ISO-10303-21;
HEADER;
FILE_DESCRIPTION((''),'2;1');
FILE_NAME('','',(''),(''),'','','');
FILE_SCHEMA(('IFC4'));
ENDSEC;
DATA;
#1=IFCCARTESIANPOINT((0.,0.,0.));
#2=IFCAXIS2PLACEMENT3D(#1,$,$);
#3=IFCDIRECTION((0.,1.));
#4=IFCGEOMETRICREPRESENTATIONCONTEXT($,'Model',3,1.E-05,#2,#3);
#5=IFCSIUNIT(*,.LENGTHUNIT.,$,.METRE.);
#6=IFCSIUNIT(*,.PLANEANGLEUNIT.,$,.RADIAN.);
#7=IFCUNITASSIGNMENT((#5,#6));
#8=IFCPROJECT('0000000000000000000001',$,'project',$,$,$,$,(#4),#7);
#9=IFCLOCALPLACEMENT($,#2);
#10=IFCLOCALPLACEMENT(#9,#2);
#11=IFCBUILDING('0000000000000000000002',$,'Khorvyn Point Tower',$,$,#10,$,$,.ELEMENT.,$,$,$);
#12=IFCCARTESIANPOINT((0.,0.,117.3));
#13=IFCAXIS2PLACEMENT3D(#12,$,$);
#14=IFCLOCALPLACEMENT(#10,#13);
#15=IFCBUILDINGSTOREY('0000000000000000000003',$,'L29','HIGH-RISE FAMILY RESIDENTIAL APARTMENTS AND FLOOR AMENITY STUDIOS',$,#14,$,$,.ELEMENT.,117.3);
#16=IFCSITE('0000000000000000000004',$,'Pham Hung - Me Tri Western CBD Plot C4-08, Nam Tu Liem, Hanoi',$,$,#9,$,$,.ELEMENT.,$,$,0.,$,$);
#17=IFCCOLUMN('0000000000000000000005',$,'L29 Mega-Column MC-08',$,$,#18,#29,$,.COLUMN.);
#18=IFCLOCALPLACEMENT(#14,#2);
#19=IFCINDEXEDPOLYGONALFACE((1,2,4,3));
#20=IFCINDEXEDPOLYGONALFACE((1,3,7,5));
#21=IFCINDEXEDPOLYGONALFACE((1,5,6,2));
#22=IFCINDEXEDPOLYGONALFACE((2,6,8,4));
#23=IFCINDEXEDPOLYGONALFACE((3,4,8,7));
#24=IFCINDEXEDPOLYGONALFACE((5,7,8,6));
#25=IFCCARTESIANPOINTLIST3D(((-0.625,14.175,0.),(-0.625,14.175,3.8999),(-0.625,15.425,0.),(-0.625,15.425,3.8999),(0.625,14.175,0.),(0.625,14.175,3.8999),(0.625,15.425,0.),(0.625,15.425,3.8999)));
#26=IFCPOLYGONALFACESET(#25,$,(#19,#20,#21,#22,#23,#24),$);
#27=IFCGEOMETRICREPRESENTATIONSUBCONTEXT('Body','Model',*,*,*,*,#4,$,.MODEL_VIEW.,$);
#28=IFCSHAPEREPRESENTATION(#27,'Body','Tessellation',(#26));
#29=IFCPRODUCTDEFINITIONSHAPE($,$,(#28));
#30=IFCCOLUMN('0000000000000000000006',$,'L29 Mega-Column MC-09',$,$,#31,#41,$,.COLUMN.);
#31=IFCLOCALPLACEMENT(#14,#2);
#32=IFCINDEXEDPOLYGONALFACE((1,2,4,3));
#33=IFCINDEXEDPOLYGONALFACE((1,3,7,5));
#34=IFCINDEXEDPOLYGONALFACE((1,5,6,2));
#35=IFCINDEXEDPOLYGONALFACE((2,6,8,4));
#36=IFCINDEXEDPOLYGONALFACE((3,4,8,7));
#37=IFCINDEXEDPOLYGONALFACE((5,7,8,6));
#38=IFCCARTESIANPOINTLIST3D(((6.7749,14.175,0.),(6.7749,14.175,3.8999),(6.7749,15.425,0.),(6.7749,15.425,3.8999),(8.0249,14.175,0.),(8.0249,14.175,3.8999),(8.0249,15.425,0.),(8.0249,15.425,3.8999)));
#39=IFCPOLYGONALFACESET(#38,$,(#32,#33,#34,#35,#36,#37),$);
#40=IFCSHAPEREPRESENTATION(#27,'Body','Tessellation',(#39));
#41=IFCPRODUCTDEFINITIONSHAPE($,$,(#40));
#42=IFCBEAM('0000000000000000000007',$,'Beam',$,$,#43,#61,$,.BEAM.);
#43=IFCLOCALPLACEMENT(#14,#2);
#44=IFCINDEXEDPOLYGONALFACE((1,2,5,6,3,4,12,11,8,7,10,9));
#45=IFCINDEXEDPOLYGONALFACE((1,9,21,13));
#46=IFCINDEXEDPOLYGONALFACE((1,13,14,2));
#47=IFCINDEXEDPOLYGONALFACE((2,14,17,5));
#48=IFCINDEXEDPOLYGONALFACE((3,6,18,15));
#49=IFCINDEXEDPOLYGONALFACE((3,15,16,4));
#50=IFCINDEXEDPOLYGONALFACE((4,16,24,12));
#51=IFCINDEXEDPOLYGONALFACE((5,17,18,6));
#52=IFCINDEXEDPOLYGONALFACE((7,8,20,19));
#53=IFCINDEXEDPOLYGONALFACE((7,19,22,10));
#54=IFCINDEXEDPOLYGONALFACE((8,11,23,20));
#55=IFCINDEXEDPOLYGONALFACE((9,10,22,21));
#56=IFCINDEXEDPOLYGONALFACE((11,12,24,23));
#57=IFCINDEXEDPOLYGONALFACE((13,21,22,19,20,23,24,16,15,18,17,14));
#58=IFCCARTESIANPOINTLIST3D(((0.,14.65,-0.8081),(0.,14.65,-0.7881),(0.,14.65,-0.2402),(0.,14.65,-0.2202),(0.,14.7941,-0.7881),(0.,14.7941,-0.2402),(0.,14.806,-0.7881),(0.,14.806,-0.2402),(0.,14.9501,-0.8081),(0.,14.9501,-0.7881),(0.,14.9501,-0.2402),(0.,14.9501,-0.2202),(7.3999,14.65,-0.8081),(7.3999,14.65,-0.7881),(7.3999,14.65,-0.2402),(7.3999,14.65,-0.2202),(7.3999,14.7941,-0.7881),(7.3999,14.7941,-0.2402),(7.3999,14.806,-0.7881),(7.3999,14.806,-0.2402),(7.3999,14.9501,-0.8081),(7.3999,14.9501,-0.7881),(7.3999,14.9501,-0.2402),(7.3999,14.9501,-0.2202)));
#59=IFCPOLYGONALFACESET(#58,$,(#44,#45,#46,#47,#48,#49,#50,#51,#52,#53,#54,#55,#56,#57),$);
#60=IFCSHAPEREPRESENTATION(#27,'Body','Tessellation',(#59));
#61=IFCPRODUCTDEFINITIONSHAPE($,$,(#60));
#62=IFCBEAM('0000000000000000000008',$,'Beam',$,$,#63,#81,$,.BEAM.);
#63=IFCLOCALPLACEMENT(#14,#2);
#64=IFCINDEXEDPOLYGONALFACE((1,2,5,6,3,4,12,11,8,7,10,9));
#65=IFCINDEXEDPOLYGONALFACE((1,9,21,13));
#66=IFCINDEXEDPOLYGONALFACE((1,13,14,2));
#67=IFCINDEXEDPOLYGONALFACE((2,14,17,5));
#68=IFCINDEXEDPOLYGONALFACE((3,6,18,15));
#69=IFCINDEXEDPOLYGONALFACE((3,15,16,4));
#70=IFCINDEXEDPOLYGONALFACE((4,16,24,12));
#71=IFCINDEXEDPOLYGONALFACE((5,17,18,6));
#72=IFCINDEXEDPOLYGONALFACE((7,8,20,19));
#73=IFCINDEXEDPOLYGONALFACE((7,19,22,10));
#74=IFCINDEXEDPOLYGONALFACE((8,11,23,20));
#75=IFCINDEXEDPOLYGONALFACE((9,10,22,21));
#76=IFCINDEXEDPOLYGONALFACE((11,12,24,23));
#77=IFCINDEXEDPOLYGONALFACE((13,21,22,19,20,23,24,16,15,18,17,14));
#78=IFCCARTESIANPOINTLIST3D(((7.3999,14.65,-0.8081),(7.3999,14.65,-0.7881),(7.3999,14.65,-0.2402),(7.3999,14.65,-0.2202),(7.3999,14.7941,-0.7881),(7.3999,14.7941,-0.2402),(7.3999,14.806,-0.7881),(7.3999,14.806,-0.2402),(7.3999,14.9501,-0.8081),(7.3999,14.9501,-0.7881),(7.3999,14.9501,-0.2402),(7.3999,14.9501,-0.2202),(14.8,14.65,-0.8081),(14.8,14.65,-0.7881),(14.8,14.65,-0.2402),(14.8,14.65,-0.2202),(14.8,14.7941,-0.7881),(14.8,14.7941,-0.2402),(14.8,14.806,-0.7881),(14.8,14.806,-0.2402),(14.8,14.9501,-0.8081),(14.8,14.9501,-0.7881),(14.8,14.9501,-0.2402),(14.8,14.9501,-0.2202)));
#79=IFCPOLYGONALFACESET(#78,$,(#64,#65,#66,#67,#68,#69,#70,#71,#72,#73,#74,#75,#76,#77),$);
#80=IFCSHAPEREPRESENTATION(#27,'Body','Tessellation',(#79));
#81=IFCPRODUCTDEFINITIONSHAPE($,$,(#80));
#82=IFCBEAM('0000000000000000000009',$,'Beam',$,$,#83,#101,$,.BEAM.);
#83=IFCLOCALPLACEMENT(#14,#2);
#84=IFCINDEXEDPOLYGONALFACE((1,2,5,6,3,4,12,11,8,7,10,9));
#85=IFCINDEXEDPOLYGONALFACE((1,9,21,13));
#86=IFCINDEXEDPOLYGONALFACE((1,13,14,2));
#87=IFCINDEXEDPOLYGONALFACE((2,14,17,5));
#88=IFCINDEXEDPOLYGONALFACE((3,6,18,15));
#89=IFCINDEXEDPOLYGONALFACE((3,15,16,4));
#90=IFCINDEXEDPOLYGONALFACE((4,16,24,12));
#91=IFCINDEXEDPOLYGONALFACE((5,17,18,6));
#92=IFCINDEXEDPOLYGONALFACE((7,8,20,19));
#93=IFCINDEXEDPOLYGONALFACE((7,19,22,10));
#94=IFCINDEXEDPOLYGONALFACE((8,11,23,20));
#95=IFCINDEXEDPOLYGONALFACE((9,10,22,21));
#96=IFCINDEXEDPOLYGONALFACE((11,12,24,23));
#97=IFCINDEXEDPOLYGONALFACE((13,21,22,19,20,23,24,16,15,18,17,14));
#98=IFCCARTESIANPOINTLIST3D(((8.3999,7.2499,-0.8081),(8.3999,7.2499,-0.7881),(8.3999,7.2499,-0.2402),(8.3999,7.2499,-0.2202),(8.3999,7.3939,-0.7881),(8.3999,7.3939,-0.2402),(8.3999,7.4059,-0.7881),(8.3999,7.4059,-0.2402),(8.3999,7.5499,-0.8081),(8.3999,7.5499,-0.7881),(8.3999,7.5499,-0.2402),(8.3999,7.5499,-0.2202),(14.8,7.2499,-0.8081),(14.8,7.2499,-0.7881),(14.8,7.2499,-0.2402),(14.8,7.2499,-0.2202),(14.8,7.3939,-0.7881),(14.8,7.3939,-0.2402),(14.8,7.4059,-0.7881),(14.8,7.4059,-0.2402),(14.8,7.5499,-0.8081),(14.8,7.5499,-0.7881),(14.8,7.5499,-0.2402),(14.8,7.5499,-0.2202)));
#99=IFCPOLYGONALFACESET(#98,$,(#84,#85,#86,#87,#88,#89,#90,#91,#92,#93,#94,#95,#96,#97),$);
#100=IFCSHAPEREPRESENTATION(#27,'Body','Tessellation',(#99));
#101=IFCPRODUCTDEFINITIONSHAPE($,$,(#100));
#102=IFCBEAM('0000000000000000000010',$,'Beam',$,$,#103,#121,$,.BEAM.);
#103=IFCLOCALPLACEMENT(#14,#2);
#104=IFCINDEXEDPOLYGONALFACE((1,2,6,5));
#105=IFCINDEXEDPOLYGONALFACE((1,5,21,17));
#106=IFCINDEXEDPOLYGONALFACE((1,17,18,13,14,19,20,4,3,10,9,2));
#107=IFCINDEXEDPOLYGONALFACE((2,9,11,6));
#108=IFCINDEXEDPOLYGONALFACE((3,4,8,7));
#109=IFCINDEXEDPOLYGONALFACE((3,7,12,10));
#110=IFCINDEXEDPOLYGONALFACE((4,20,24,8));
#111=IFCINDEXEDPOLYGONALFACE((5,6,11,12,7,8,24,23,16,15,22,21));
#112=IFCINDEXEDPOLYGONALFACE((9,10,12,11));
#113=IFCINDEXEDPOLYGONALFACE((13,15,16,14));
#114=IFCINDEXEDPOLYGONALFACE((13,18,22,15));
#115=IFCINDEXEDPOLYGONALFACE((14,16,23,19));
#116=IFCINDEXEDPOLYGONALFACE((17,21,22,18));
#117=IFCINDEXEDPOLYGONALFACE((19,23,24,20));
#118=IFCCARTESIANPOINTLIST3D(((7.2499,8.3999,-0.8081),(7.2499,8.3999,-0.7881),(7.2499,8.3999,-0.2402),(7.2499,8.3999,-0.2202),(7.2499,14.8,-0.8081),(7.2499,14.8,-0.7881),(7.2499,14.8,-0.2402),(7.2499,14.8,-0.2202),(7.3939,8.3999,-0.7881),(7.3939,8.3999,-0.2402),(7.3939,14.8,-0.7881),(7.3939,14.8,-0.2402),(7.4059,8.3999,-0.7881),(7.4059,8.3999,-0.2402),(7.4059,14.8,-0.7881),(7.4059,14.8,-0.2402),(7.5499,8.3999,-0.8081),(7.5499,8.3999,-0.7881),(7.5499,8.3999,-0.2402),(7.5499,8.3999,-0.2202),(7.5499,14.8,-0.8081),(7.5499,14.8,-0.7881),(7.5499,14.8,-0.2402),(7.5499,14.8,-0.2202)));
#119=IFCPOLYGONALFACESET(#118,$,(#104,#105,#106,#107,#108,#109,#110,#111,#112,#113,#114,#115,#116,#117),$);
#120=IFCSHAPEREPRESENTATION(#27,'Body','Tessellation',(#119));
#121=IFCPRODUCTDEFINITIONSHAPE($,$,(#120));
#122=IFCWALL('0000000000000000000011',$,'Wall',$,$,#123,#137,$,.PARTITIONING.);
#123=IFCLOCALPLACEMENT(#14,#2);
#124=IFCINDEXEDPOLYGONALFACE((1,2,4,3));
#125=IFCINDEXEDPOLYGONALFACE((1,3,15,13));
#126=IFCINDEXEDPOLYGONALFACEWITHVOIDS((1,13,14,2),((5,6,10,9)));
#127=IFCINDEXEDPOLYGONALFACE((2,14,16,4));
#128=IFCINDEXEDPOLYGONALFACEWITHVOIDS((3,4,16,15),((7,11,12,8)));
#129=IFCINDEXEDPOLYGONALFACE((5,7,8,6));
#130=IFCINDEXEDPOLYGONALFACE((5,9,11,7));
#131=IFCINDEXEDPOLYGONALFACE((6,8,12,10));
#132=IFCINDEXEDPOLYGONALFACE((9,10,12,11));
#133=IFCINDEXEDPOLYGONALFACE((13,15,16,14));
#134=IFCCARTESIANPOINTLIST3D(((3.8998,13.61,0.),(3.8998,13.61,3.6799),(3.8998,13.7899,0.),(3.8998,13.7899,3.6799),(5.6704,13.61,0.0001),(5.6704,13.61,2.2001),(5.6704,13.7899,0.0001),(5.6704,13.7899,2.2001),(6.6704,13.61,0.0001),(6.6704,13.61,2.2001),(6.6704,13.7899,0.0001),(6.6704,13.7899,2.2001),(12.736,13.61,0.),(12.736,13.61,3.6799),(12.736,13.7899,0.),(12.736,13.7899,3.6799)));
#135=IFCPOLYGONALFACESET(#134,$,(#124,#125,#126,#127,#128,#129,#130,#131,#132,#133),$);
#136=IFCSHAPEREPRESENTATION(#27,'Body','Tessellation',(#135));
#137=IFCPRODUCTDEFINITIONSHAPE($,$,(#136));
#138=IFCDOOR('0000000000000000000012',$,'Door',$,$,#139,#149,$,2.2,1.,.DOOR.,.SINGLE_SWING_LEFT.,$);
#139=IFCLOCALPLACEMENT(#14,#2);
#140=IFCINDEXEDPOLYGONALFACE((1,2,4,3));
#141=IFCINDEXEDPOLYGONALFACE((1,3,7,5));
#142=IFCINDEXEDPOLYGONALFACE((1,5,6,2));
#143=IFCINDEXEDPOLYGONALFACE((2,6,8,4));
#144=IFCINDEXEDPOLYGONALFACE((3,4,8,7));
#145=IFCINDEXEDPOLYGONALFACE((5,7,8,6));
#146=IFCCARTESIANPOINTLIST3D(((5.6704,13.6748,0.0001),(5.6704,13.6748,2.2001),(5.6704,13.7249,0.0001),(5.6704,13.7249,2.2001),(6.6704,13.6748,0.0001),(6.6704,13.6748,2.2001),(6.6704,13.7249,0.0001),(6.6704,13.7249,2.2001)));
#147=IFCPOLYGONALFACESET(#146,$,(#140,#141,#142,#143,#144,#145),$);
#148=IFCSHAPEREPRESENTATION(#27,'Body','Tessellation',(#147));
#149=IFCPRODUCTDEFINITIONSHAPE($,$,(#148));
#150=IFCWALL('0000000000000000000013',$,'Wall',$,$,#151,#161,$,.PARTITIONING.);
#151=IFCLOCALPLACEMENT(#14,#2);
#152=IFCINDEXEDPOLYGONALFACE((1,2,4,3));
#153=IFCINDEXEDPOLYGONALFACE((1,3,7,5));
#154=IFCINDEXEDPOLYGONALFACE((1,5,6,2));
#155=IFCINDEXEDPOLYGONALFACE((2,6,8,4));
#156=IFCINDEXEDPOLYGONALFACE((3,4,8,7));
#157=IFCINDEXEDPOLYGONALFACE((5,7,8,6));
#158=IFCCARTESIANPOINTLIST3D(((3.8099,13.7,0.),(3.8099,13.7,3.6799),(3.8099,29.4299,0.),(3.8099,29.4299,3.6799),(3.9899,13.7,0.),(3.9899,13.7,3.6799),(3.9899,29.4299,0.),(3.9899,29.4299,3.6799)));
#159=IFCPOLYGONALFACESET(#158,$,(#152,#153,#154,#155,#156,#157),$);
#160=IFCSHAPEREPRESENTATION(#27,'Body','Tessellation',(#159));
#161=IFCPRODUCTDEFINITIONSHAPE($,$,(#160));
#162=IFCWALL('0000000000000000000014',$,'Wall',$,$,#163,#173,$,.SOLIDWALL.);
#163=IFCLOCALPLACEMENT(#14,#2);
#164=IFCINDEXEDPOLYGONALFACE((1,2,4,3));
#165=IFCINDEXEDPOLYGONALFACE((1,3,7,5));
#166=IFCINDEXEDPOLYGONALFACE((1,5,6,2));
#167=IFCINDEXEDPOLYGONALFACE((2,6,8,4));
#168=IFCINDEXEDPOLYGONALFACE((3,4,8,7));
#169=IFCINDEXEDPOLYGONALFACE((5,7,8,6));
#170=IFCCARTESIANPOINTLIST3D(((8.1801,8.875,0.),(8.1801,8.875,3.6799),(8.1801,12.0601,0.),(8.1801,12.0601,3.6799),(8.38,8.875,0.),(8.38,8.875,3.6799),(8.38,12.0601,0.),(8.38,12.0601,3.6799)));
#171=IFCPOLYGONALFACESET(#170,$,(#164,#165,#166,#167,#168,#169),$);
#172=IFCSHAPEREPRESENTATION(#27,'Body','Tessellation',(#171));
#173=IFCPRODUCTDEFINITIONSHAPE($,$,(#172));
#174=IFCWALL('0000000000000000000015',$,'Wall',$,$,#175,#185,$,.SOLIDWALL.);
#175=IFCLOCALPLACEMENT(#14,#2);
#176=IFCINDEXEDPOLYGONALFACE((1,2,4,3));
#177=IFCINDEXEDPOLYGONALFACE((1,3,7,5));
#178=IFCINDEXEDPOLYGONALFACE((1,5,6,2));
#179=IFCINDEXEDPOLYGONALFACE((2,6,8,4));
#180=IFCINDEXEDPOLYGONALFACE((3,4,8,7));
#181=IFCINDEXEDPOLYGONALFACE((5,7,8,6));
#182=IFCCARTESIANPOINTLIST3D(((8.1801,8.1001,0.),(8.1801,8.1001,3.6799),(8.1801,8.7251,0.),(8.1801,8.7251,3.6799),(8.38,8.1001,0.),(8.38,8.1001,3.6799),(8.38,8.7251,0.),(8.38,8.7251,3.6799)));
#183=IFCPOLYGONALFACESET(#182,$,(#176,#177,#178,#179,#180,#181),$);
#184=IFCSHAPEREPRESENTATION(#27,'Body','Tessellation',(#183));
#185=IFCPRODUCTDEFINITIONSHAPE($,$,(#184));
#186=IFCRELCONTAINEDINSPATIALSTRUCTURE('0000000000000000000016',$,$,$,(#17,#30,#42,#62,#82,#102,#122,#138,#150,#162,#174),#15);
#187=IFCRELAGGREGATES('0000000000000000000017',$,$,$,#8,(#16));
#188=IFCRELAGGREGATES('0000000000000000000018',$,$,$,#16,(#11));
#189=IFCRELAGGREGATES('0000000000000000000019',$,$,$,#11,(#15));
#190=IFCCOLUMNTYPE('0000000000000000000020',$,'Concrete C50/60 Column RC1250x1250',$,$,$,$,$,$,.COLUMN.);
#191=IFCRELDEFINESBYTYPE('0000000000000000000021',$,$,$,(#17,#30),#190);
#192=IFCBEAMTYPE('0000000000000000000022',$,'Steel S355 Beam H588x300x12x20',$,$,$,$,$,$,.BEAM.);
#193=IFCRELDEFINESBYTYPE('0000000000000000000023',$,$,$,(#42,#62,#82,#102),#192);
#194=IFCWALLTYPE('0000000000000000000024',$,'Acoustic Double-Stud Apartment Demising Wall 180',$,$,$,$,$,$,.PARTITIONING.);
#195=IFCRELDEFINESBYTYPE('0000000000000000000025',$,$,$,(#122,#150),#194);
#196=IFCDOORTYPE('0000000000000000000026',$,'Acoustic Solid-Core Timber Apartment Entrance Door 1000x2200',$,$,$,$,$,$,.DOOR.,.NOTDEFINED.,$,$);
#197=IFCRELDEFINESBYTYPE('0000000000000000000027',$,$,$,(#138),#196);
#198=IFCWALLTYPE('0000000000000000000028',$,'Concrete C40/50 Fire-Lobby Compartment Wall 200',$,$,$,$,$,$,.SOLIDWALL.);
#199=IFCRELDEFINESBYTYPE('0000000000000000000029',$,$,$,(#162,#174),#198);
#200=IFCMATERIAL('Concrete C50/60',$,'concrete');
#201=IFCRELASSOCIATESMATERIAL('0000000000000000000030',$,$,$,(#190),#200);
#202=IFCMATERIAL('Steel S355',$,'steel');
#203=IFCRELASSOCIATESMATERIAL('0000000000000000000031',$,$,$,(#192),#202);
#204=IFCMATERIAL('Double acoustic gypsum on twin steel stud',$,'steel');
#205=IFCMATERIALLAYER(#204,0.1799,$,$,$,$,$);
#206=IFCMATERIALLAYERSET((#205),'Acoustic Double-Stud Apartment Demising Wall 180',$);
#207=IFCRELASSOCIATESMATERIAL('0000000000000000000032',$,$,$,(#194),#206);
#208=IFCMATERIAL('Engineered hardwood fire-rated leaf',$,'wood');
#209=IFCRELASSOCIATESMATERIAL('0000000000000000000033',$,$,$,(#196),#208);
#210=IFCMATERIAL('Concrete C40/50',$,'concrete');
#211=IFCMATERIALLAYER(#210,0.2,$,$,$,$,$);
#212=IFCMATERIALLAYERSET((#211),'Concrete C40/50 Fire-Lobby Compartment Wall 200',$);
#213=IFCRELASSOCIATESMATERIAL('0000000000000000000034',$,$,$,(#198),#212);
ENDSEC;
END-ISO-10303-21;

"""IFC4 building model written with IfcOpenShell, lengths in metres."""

from ifc_helpers import new_model, si_unit, direction, frame, frame_2d, origin, origin_2d, place, context, subcontext, project, spatial, rectangle, i_section, extrude, material, layer, layer_set, material_profile, profile_set, type_object, element, fill, save


model = new_model("IFC4")

# Units and contexts
model_context = context("Model", 3, precision=1e-05, world=origin(), true_north=direction((0.0, 1.0)))
body_context = subcontext(model_context, "Body", "Model", "MODEL_VIEW")
ifc_project = project(units=[si_unit("LENGTHUNIT", "METRE"), si_unit("PLANEANGLEUNIT", "RADIAN")], contexts=[model_context])

# Site, building, storey
site_placement = place(None, origin())
site = spatial("IfcSite", under=ifc_project, at=site_placement, Name="Pham Hung - Me Tri Western CBD Plot C4-08, Nam Tu Liem, Hanoi", CompositionType="ELEMENT", RefElevation=0.0)
building_placement = place(site_placement, origin())
building = spatial("IfcBuilding", under=site, at=building_placement, Name="Khorvyn Point Tower", CompositionType="ELEMENT")
storey_placement = place(building_placement, frame((0.0, 0.0, 117.3)))
storey = spatial("IfcBuildingStorey", under=building, at=storey_placement, Name="L29", Description="HIGH-RISE FAMILY RESIDENTIAL APARTMENTS AND FLOOR AMENITY STUDIOS", CompositionType="ELEMENT", Elevation=117.3)

# Columns
ifc_material_1 = material(Name="Concrete C50/60", Category="concrete")
ifc_material_profile_1 = material_profile(ifc_material_1, rectangle(XDim=1.25, YDim=1.25, at=origin_2d()))
ifc_profile_set_1 = profile_set([ifc_material_profile_1], Name="Concrete C50/60 RC1250x1250")
column_type = type_object("IfcColumnType", Name="Concrete C50/60 Column RC1250x1250", PredefinedType="COLUMN", material=ifc_profile_set_1)
for number, where, z_axis, x_axis, name in (
    (1, (0.0, 14.8, 0.0), (0.0, 0.0, 1.0), (1.0, 0.0, 0.0), "L29 Mega-Column MC-08"),
    (2, (7.3999, 14.8, 0.0), (0.0, 0.0, 1.0), (1.0, 0.0, 0.0), "L29 Mega-Column MC-09"),
):
    element("IfcColumn", number, at=place(storey_placement, frame(where, z_axis=z_axis, x_axis=x_axis)), inside=storey, type_object=column_type, Name=name, PredefinedType="COLUMN", context=body_context, shape_type="SweptSolid", body=[
        extrude(rectangle(XDim=1.25, YDim=1.25, at=origin_2d()), origin(), (0.0, 0.0, 1.0), 3.8999),
    ])

# Beams
ifc_material_2 = material(Name="Steel S355", Category="steel")
ifc_material_profile_2 = material_profile(ifc_material_2, i_section(OverallWidth=0.3, OverallDepth=0.5879, WebThickness=0.012, FlangeThickness=0.02, at=origin_2d()))
ifc_profile_set_2 = profile_set([ifc_material_profile_2], Name="Steel S355 H588x300x12x20")
beam_type = type_object("IfcBeamType", Name="Steel S355 Beam H588x300x12x20", PredefinedType="BEAM", material=ifc_profile_set_2)
beam_1_placement = place(storey_placement, frame((0.0, 14.8, -0.5142), z_axis=(1.0, 0.0, 0.0), x_axis=(0.0, 1.0, 0.0)))
element("IfcBeam", 3, at=beam_1_placement, inside=storey, type_object=beam_type, Name="Beam", PredefinedType="BEAM", context=body_context, shape_type="SweptSolid", body=[
    extrude(i_section(OverallWidth=0.3, OverallDepth=0.5879, WebThickness=0.012, FlangeThickness=0.02, at=origin_2d()), origin(), (0.0, 0.0, 1.0), 7.3999),
])
beam_2_placement = place(storey_placement, frame((7.3999, 14.8, -0.5142), z_axis=(1.0, 0.0, 0.0), x_axis=(0.0, 1.0, 0.0)))
element("IfcBeam", 4, at=beam_2_placement, inside=storey, type_object=beam_type, Name="Beam", PredefinedType="BEAM", context=body_context, shape_type="SweptSolid", body=[
    extrude(i_section(OverallWidth=0.3, OverallDepth=0.5879, WebThickness=0.012, FlangeThickness=0.02, at=origin_2d()), origin(), (0.0, 0.0, 1.0), 7.4001),
])
for number, where, z_axis, x_axis, name in (
    (5, (8.3999, 7.3999, -0.5142), (1.0, 0.0, 0.0), (0.0, 1.0, 0.0), "Beam"),
    (6, (7.3999, 8.3999, -0.5142), (0.0, 1.0, 0.0), (-1.0, 0.0, 0.0), "Beam"),
):
    element("IfcBeam", number, at=place(storey_placement, frame(where, z_axis=z_axis, x_axis=x_axis)), inside=storey, type_object=beam_type, Name=name, PredefinedType="BEAM", context=body_context, shape_type="SweptSolid", body=[
        extrude(i_section(OverallWidth=0.3, OverallDepth=0.5879, WebThickness=0.012, FlangeThickness=0.02, at=origin_2d()), origin(), (0.0, 0.0, 1.0), 6.4001),
    ])

# Wall, opening, door
ifc_material_3 = material(Name="Double acoustic gypsum on twin steel stud", Category="steel")
ifc_layer_1 = layer(ifc_material_3, 0.1799)
ifc_layer_set_1 = layer_set([ifc_layer_1], Name="Acoustic Double-Stud Apartment Demising Wall 180")
wall_type_1 = type_object("IfcWallType", Name="Acoustic Double-Stud Apartment Demising Wall 180", PredefinedType="PARTITIONING", material=ifc_layer_set_1)
wall_1_placement = place(storey_placement, frame((3.8999, 13.7, 0.0), z_axis=(0.0, 0.0, 1.0), x_axis=(1.0, 0.0, 0.0)))
wall_1 = element("IfcWall", 7, at=wall_1_placement, inside=storey, type_object=wall_type_1, Name="Wall", PredefinedType="PARTITIONING", context=body_context, shape_type="SweptSolid", body=[
    extrude(rectangle(XDim=8.8362, YDim=0.1799, at=frame_2d((4.418, 0.0))), origin(), (0.0, 0.0, 1.0), 3.6799),
])
opening_1_placement = place(wall_1_placement, frame((1.7705, 0.0, 0.0)))
opening_1 = element("IfcOpeningElement", 8, at=opening_1_placement, cuts=wall_1, PredefinedType="OPENING", context=body_context, shape_type="SweptSolid", body=[
    extrude(rectangle(XDim=1.0, YDim=2.2, at=frame_2d((0.5, 1.1001))), frame((0.0, 0.0999, 0.0), z_axis=(0.0, -1.0, 0.0), x_axis=(1.0, 0.0, 0.0)), (0.0, 0.0, 1.0), 0.2),
])
ifc_material_4 = material(Name="Engineered hardwood fire-rated leaf", Category="wood")
door_type_1 = type_object("IfcDoorType", Name="Acoustic Solid-Core Timber Apartment Entrance Door 1000x2200", OperationType="NOTDEFINED", PredefinedType="DOOR", material=ifc_material_4)
door_1_placement = place(opening_1_placement, origin())
door_1 = element("IfcDoor", 9, at=door_1_placement, inside=storey, type_object=door_type_1, Name="Door", OperationType="SINGLE_SWING_LEFT", OverallHeight=2.2, OverallWidth=1.0, PredefinedType="DOOR", context=body_context, shape_type="SweptSolid", body=[
    extrude(rectangle(XDim=1.0, YDim=2.2, at=frame_2d((0.5, 1.1001))), frame((0.0, 0.0249, 0.0), z_axis=(0.0, -1.0, 0.0), x_axis=(1.0, 0.0, 0.0)), (0.0, 0.0, 1.0), 0.05),
])
fill(opening_1, door_1)

# Wall
wall_2_placement = place(storey_placement, frame((3.8999, 13.7, 0.0), z_axis=(0.0, 0.0, 1.0), x_axis=(0.0, 1.0, 0.0)))
element("IfcWall", 10, at=wall_2_placement, inside=storey, type_object=wall_type_1, Name="Wall", PredefinedType="PARTITIONING", context=body_context, shape_type="SweptSolid", body=[
    extrude(rectangle(XDim=15.73, YDim=0.1799, at=frame_2d((7.865, 0.0))), origin(), (0.0, 0.0, 1.0), 3.6799),
])

# Shared definitions
ifc_material_5 = material(Name="Concrete C40/50", Category="concrete")
ifc_layer_2 = layer(ifc_material_5, 0.2)
ifc_layer_set_2 = layer_set([ifc_layer_2], Name="Concrete C40/50 Fire-Lobby Compartment Wall 200")
wall_type_2 = type_object("IfcWallType", Name="Concrete C40/50 Fire-Lobby Compartment Wall 200", PredefinedType="SOLIDWALL", material=ifc_layer_set_2)

# Walls
wall_3_placement = place(storey_placement, frame((8.28, 8.875, 0.0), z_axis=(0.0, 0.0, 1.0), x_axis=(0.0, 1.0, 0.0)))
element("IfcWall", 11, at=wall_3_placement, inside=storey, type_object=wall_type_2, Name="Wall", PredefinedType="SOLIDWALL", context=body_context, shape_type="SweptSolid", body=[
    extrude(rectangle(XDim=3.1851, YDim=0.2, at=frame_2d((1.5925, 0.0))), origin(), (0.0, 0.0, 1.0), 3.6799),
])
wall_4_placement = place(storey_placement, frame((8.28, 8.1001, 0.0), z_axis=(0.0, 0.0, 1.0), x_axis=(0.0, 1.0, 0.0)))
element("IfcWall", 12, at=wall_4_placement, inside=storey, type_object=wall_type_2, Name="Wall", PredefinedType="SOLIDWALL", context=body_context, shape_type="SweptSolid", body=[
    extrude(rectangle(XDim=0.625, YDim=0.2, at=frame_2d((0.3125, 0.0))), origin(), (0.0, 0.0, 1.0), 3.6799),
])

save(model, "model.ifc")
